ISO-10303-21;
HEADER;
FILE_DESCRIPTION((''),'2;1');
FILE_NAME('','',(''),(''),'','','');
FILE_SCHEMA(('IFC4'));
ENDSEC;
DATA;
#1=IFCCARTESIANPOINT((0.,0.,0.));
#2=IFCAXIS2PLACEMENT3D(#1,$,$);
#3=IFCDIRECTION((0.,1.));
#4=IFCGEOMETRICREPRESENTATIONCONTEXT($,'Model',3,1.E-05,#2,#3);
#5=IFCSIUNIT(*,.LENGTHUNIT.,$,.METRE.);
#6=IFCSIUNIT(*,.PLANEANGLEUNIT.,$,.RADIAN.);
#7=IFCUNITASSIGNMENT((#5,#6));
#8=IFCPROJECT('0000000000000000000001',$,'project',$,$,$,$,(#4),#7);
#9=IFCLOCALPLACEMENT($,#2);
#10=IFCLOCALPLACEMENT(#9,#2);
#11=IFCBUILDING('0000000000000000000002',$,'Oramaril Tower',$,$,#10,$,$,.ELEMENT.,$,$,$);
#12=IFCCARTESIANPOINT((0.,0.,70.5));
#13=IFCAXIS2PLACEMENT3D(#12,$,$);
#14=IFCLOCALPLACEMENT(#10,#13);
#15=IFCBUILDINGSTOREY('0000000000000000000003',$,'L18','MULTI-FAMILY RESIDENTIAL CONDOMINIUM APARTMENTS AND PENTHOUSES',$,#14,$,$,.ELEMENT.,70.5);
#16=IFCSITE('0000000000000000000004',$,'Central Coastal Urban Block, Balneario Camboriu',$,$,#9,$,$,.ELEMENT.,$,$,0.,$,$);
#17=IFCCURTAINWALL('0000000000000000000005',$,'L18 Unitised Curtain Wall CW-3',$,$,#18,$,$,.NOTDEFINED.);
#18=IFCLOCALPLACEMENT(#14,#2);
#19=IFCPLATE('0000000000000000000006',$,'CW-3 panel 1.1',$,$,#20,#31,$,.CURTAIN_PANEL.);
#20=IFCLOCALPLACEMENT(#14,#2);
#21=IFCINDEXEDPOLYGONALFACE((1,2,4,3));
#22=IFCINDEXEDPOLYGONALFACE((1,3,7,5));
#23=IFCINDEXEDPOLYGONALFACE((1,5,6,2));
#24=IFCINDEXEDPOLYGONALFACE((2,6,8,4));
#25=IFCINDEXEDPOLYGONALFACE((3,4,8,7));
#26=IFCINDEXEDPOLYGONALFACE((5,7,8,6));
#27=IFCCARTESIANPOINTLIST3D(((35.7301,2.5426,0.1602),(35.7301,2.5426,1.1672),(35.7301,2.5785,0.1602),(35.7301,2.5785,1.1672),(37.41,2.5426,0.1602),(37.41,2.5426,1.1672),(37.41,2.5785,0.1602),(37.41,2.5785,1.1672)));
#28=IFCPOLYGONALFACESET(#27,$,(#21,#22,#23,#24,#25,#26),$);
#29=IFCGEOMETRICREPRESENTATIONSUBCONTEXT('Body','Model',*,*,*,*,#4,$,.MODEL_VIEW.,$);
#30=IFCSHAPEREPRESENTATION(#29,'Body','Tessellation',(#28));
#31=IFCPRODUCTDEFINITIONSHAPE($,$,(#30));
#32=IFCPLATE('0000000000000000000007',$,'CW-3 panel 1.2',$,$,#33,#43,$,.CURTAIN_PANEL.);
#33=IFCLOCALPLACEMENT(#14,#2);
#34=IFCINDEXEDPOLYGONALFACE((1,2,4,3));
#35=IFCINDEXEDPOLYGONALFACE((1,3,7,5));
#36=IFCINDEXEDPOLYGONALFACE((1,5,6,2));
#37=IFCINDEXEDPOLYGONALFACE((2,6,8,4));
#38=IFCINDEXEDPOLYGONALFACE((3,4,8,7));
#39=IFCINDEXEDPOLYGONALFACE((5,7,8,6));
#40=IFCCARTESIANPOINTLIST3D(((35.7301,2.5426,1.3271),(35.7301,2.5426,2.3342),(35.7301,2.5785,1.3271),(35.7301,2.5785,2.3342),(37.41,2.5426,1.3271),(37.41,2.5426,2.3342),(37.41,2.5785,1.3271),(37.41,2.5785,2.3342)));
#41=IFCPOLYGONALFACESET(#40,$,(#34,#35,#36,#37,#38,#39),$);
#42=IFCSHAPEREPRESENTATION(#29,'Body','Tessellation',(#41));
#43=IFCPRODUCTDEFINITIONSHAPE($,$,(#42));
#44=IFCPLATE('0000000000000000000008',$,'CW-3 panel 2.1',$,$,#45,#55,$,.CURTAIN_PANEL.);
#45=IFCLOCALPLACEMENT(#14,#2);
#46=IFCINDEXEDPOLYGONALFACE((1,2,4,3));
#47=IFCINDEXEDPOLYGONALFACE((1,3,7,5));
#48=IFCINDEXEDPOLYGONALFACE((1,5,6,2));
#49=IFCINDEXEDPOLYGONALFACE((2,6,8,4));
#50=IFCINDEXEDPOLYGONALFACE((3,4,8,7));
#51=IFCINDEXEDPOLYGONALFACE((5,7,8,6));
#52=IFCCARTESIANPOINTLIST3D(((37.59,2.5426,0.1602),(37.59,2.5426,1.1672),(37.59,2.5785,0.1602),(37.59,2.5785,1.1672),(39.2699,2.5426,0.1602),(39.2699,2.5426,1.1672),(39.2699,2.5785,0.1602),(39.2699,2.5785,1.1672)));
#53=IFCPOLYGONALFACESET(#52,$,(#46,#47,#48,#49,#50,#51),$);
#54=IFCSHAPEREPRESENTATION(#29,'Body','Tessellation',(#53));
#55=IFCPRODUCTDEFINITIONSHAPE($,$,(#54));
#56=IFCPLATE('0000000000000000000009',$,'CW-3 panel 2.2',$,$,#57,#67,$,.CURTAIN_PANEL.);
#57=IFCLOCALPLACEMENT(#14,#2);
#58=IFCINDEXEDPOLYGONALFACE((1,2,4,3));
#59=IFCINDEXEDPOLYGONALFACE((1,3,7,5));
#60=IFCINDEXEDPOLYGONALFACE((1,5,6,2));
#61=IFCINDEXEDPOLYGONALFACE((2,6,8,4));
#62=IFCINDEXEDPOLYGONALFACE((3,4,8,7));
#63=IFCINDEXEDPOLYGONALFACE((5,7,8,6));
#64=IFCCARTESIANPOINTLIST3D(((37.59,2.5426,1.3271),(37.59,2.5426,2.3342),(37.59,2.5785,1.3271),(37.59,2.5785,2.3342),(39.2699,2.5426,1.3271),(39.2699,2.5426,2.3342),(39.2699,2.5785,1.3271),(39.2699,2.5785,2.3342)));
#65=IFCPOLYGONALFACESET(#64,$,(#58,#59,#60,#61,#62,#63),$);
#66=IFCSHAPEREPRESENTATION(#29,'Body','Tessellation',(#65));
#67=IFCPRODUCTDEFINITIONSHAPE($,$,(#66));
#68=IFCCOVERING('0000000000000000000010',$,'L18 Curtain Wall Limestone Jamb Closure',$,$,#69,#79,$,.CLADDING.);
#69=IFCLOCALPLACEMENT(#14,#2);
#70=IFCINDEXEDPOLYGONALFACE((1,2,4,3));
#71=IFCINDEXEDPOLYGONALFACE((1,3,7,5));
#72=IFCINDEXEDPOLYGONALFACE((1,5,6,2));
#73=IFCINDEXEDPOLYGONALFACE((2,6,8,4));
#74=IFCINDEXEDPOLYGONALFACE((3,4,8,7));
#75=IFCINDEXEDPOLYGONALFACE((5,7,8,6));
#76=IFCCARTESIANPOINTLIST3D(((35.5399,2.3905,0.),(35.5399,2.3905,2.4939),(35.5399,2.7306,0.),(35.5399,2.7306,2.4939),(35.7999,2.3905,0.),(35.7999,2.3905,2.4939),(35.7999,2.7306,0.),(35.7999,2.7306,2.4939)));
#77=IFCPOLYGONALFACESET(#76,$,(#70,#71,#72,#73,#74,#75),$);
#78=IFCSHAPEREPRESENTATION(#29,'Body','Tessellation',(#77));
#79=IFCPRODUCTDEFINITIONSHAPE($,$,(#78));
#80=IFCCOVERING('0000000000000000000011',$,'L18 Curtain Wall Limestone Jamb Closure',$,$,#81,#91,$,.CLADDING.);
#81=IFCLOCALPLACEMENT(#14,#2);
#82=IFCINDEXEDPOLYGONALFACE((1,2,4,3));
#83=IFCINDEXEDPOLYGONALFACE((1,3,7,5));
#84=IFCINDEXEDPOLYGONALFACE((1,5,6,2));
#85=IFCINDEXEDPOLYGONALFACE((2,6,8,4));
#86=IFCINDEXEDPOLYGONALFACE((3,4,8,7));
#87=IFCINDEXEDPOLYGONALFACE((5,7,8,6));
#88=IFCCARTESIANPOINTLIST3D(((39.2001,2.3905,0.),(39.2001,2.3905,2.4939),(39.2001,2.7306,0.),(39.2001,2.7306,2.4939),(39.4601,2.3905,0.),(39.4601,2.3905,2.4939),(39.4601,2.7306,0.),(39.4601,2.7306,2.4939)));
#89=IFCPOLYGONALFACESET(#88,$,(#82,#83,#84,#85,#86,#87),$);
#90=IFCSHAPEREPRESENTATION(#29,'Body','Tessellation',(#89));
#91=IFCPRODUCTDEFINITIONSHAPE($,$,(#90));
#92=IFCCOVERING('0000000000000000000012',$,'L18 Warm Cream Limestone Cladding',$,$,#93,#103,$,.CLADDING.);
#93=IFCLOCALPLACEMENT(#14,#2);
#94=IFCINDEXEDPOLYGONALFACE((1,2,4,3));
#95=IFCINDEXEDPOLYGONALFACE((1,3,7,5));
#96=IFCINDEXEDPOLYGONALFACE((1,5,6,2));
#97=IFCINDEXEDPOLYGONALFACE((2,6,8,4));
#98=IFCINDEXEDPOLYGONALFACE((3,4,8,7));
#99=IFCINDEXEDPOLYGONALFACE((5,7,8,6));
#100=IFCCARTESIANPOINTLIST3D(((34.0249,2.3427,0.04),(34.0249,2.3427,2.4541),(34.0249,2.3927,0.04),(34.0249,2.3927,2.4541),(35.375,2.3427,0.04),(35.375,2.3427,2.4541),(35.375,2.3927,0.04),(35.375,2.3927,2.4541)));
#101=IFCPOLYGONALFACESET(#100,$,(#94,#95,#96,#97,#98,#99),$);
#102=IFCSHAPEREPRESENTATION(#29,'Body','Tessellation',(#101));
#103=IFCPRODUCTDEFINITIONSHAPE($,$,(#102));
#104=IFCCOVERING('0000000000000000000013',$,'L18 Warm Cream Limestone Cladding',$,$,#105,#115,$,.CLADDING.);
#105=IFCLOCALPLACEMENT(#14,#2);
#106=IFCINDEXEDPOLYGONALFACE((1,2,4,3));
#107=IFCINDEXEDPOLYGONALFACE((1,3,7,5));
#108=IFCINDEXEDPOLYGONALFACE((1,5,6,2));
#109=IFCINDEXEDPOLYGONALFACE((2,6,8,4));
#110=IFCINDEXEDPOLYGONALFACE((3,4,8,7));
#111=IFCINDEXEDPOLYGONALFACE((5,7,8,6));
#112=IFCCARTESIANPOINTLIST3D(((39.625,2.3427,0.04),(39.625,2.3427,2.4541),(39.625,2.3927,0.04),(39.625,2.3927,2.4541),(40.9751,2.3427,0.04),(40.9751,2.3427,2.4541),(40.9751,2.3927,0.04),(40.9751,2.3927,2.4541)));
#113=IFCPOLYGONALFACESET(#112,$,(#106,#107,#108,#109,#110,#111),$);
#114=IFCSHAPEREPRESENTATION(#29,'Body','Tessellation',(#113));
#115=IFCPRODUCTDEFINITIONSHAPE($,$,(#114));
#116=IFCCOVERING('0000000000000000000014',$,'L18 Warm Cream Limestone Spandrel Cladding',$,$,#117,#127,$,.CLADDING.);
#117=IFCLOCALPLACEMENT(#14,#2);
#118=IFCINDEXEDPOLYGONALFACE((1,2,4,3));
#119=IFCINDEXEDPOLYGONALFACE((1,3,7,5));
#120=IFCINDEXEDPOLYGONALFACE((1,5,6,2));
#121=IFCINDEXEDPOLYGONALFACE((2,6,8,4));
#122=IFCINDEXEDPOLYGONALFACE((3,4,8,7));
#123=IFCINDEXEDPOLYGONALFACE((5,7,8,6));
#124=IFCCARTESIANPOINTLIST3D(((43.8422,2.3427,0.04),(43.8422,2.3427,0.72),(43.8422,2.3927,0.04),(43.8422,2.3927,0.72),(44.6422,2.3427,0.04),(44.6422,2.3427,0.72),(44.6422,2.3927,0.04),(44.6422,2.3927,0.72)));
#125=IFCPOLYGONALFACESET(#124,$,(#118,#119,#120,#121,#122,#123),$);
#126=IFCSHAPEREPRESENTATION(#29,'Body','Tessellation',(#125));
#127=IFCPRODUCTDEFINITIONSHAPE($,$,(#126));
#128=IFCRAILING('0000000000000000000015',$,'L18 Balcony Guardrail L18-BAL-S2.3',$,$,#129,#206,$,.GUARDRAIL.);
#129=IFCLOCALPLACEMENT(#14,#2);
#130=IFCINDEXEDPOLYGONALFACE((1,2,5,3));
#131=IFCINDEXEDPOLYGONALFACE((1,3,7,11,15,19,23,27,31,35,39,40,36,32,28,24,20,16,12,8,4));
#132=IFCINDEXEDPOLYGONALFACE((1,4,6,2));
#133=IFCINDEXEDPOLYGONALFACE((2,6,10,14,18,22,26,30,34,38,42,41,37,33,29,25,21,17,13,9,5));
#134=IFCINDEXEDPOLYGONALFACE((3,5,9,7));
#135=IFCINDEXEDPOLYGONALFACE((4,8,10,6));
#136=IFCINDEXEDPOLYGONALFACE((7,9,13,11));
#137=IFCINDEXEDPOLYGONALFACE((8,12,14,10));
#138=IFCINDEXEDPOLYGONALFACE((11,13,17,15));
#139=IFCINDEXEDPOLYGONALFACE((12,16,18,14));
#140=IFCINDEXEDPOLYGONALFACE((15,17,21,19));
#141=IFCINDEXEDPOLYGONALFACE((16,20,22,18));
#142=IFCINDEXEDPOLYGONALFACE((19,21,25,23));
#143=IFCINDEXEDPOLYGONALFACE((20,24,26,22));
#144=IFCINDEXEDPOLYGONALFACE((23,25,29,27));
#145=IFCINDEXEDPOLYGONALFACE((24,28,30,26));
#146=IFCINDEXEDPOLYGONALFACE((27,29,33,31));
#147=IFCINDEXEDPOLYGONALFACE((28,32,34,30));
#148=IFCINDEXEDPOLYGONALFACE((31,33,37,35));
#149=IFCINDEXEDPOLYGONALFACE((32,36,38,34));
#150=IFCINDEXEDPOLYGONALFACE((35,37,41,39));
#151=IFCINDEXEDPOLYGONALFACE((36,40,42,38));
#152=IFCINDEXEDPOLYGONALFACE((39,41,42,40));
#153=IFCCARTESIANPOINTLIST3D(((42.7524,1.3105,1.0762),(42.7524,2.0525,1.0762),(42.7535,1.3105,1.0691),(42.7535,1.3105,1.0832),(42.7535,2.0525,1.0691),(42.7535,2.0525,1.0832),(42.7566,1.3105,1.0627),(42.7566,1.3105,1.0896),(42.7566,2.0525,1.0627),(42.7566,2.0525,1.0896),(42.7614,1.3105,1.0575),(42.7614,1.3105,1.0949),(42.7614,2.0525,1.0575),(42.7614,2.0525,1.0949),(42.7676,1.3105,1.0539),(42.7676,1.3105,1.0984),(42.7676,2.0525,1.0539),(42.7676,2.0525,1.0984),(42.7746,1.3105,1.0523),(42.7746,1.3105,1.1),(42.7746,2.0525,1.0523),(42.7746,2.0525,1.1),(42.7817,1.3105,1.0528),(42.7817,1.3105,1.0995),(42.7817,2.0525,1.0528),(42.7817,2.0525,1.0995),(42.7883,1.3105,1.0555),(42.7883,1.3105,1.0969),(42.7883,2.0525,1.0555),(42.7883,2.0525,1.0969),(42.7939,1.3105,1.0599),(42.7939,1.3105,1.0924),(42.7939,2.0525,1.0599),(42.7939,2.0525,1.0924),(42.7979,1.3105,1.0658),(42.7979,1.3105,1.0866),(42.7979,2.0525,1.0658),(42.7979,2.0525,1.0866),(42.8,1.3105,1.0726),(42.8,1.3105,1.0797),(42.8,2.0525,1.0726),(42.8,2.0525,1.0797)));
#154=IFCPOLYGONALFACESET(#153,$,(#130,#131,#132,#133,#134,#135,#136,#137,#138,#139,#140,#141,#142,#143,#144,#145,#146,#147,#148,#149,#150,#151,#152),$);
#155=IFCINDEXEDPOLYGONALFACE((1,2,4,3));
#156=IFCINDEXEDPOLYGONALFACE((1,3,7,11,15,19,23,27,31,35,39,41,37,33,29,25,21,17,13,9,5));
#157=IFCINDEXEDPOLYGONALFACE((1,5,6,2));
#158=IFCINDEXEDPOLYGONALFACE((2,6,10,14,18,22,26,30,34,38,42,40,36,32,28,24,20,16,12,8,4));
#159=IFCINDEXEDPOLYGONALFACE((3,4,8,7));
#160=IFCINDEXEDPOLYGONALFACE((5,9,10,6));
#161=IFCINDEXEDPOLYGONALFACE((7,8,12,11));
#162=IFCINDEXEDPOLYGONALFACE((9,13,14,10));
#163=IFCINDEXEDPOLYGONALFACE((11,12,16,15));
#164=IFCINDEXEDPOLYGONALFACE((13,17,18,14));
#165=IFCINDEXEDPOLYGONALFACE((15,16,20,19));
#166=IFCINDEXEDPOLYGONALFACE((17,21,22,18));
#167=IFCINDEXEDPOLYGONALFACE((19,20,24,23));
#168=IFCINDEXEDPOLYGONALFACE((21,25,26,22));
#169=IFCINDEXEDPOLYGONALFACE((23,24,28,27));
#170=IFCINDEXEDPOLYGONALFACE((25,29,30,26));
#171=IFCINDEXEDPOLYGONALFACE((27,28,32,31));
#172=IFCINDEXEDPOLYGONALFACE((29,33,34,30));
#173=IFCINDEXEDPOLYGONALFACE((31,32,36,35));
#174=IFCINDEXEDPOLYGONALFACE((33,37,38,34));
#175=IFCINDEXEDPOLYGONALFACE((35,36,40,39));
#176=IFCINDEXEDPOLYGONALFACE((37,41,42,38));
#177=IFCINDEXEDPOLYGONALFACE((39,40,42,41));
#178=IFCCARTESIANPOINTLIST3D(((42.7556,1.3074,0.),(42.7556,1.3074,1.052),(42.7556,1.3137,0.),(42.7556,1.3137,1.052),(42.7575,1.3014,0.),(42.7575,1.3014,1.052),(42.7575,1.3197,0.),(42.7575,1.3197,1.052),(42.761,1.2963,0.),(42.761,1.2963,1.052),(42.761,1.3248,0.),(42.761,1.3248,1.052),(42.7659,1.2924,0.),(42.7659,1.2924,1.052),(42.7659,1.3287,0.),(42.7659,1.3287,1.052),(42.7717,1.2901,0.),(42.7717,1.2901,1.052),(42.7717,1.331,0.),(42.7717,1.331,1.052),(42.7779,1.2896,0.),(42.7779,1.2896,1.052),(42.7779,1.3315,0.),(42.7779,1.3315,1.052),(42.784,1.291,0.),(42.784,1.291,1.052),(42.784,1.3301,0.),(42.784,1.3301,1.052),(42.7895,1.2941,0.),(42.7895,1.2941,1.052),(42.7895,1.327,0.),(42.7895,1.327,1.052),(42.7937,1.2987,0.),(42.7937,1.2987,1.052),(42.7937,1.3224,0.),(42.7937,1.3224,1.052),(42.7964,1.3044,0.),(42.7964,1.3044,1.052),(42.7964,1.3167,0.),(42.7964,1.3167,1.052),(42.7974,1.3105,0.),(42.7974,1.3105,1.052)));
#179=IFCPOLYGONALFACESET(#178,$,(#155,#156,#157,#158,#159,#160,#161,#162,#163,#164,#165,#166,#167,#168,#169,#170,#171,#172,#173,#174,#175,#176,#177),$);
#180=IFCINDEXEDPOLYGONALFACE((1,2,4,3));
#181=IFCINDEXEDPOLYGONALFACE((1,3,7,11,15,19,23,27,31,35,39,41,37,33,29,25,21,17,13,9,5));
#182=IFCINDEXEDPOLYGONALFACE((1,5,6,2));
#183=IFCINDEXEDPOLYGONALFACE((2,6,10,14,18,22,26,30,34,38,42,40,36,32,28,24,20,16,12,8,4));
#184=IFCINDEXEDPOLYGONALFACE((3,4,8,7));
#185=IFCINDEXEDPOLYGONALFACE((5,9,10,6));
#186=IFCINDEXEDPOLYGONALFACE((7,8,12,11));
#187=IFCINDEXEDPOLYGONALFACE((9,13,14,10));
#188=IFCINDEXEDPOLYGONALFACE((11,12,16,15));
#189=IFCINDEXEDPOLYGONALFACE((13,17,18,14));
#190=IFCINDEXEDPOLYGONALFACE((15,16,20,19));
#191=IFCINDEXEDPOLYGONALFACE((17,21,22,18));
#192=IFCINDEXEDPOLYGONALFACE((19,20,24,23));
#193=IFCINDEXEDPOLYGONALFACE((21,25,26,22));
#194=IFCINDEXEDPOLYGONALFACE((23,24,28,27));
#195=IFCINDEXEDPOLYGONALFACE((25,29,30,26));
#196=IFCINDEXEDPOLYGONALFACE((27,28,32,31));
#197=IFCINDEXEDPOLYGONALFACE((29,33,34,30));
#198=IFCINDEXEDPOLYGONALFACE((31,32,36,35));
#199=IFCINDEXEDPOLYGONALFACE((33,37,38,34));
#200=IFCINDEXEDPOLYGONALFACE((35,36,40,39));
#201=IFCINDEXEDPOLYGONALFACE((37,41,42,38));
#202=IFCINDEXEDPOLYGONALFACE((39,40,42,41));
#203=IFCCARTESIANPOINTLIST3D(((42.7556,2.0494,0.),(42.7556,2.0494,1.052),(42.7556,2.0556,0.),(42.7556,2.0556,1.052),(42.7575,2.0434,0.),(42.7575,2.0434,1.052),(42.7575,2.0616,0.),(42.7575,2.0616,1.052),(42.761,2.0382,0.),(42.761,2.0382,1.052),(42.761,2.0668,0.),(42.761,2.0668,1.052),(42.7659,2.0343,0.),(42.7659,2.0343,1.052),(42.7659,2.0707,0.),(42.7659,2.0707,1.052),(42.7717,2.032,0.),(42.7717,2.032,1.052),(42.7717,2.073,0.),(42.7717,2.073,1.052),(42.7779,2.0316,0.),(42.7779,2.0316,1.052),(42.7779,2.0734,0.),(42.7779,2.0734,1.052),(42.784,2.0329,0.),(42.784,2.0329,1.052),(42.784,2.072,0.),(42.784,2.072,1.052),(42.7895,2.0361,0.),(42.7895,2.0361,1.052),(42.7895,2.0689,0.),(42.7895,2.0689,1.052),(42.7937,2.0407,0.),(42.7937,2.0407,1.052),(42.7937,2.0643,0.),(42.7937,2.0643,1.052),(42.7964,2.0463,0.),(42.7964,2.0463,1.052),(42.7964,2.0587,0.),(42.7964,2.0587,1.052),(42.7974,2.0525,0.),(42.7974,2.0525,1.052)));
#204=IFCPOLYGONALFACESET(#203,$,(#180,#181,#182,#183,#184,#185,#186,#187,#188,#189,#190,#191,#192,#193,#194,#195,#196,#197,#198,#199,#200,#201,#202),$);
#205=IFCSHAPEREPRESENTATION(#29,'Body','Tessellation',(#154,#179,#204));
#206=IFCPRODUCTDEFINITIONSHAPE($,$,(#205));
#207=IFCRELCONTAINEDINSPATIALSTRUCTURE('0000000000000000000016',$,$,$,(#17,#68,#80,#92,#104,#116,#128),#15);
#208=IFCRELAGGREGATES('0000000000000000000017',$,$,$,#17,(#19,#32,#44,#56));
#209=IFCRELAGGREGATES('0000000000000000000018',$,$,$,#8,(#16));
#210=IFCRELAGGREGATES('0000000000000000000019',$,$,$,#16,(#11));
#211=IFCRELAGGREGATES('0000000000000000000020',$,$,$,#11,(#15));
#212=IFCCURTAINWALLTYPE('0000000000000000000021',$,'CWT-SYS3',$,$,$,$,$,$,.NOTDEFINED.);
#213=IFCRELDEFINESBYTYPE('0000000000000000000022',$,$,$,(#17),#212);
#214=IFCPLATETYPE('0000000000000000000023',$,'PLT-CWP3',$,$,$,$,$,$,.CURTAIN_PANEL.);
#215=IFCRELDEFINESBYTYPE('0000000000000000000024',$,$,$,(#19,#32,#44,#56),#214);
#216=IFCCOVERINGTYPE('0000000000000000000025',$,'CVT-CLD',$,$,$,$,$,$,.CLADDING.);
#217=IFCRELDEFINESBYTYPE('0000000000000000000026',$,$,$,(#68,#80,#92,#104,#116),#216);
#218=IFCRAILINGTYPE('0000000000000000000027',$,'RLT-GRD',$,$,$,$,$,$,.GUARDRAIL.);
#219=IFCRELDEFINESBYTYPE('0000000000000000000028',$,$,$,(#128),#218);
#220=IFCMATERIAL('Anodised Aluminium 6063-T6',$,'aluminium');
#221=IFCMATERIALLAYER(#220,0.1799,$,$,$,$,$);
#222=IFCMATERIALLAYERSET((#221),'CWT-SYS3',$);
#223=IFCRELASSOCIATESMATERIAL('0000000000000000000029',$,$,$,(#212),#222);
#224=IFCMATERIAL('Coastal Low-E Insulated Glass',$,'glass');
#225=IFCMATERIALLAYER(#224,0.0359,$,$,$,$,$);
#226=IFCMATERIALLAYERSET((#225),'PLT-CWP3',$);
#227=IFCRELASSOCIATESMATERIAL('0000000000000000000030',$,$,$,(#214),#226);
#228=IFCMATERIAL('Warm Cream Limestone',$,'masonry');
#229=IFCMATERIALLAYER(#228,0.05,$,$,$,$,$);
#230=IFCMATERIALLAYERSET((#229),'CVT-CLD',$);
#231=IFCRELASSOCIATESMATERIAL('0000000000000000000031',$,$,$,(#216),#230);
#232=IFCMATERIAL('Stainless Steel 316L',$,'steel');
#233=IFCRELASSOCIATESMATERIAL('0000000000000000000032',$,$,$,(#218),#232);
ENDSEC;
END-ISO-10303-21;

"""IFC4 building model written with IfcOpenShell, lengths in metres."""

from ifc_helpers import new_model, si_unit, direction, frame, origin, origin_2d, place, context, subcontext, project, spatial, rectangle, circle, extrude, material, layer, layer_set, type_object, element, aggregate, save


model = new_model("IFC4")

# Units and contexts
model_context = context("Model", 3, precision=1e-05, world=origin(), true_north=direction((0.0, 1.0)))
body_context = subcontext(model_context, "Body", "Model", "MODEL_VIEW")
ifc_project = project(units=[si_unit("LENGTHUNIT", "METRE"), si_unit("PLANEANGLEUNIT", "RADIAN")], contexts=[model_context])

# Site, building, storey
site_placement = place(None, origin())
site = spatial("IfcSite", under=ifc_project, at=site_placement, Name="Central Coastal Urban Block, Balneario Camboriu", CompositionType="ELEMENT", RefElevation=0.0)
building_placement = place(site_placement, origin())
building = spatial("IfcBuilding", under=site, at=building_placement, Name="Oramaril Tower", CompositionType="ELEMENT")
storey_placement = place(building_placement, frame((0.0, 0.0, 70.5)))
storey = spatial("IfcBuildingStorey", under=building, at=storey_placement, Name="L18", Description="MULTI-FAMILY RESIDENTIAL CONDOMINIUM APARTMENTS AND PENTHOUSES", CompositionType="ELEMENT", Elevation=70.5)

# Curtain wall, plates
ifc_material_1 = material(Name="Anodised Aluminium 6063-T6", Category="aluminium")
ifc_layer_1 = layer(ifc_material_1, 0.1799)
ifc_layer_set_1 = layer_set([ifc_layer_1], Name="CWT-SYS3")
curtain_wall_type = type_object("IfcCurtainWallType", Name="CWT-SYS3", PredefinedType="NOTDEFINED", material=ifc_layer_set_1)
curtain_wall_placement = place(storey_placement, origin())
curtain_wall = element("IfcCurtainWall", 1, at=curtain_wall_placement, inside=storey, type_object=curtain_wall_type, Name="L18 Unitised Curtain Wall CW-3", PredefinedType="NOTDEFINED")
ifc_material_2 = material(Name="Coastal Low-E Insulated Glass", Category="glass")
ifc_layer_2 = layer(ifc_material_2, 0.0359)
ifc_layer_set_2 = layer_set([ifc_layer_2], Name="PLT-CWP3")
plate_type = type_object("IfcPlateType", Name="PLT-CWP3", PredefinedType="CURTAIN_PANEL", material=ifc_layer_set_2)
plate_1_placement = place(storey_placement, frame((36.5701, 2.5605, 0.1602), z_axis=(0.0, 0.0, 1.0), x_axis=(1.0, 0.0, 0.0)))
plate_1 = element("IfcPlate", 2, at=plate_1_placement, type_object=plate_type, Name="CW-3 panel 1.1", PredefinedType="CURTAIN_PANEL", context=body_context, shape_type="SweptSolid", body=[
    extrude(rectangle(XDim=1.6799, YDim=0.0359, at=origin_2d()), origin(), (0.0, 0.0, 1.0), 1.0071),
])
plate_2_placement = place(storey_placement, frame((36.5701, 2.5605, 1.3271), z_axis=(0.0, 0.0, 1.0), x_axis=(1.0, 0.0, 0.0)))
plate_2 = element("IfcPlate", 3, at=plate_2_placement, type_object=plate_type, Name="CW-3 panel 1.2", PredefinedType="CURTAIN_PANEL", context=body_context, shape_type="SweptSolid", body=[
    extrude(rectangle(XDim=1.6799, YDim=0.0359, at=origin_2d()), origin(), (0.0, 0.0, 1.0), 1.0071),
])
plate_3_placement = place(storey_placement, frame((38.4299, 2.5605, 0.1602), z_axis=(0.0, 0.0, 1.0), x_axis=(1.0, 0.0, 0.0)))
plate_3 = element("IfcPlate", 4, at=plate_3_placement, type_object=plate_type, Name="CW-3 panel 2.1", PredefinedType="CURTAIN_PANEL", context=body_context, shape_type="SweptSolid", body=[
    extrude(rectangle(XDim=1.6799, YDim=0.0359, at=origin_2d()), origin(), (0.0, 0.0, 1.0), 1.0071),
])
plate_4_placement = place(storey_placement, frame((38.4299, 2.5605, 1.3271), z_axis=(0.0, 0.0, 1.0), x_axis=(1.0, 0.0, 0.0)))
plate_4 = element("IfcPlate", 5, at=plate_4_placement, type_object=plate_type, Name="CW-3 panel 2.2", PredefinedType="CURTAIN_PANEL", context=body_context, shape_type="SweptSolid", body=[
    extrude(rectangle(XDim=1.6799, YDim=0.0359, at=origin_2d()), origin(), (0.0, 0.0, 1.0), 1.0071),
])
aggregate(curtain_wall, [plate_1, plate_2, plate_3, plate_4])

# Coverings
ifc_material_3 = material(Name="Warm Cream Limestone", Category="masonry")
ifc_layer_3 = layer(ifc_material_3, 0.05)
ifc_layer_set_3 = layer_set([ifc_layer_3], Name="CVT-CLD")
covering_type = type_object("IfcCoveringType", Name="CVT-CLD", PredefinedType="CLADDING", material=ifc_layer_set_3)
for number, where, z_axis, x_axis, name in (
    (6, (35.6699, 2.5605, 0.0), (0.0, 0.0, 1.0), (1.0, 0.0, 0.0), "L18 Curtain Wall Limestone Jamb Closure"),
    (7, (39.3301, 2.5605, 0.0), (0.0, 0.0, 1.0), (1.0, 0.0, 0.0), "L18 Curtain Wall Limestone Jamb Closure"),
):
    element("IfcCovering", number, at=place(storey_placement, frame(where, z_axis=z_axis, x_axis=x_axis)), inside=storey, type_object=covering_type, Name=name, PredefinedType="CLADDING", context=body_context, shape_type="SweptSolid", body=[
        extrude(rectangle(XDim=0.26, YDim=0.3401, at=origin_2d()), origin(), (0.0, 0.0, 1.0), 2.4939),
    ])
for number, where, z_axis, x_axis, name in (
    (8, (34.7, 2.3677, 0.04), (0.0, 0.0, 1.0), (1.0, 0.0, 0.0), "L18 Warm Cream Limestone Cladding"),
    (9, (40.3, 2.3677, 0.04), (0.0, 0.0, 1.0), (1.0, 0.0, 0.0), "L18 Warm Cream Limestone Cladding"),
):
    element("IfcCovering", number, at=place(storey_placement, frame(where, z_axis=z_axis, x_axis=x_axis)), inside=storey, type_object=covering_type, Name=name, PredefinedType="CLADDING", context=body_context, shape_type="SweptSolid", body=[
        extrude(rectangle(XDim=1.3501, YDim=0.05, at=origin_2d()), origin(), (0.0, 0.0, 1.0), 2.4141),
    ])
covering_placement = place(storey_placement, frame((44.2422, 2.3677, 0.04), z_axis=(0.0, 0.0, 1.0), x_axis=(1.0, 0.0, 0.0)))
element("IfcCovering", 10, at=covering_placement, inside=storey, type_object=covering_type, Name="L18 Warm Cream Limestone Spandrel Cladding", PredefinedType="CLADDING", context=body_context, shape_type="SweptSolid", body=[
    extrude(rectangle(XDim=0.8, YDim=0.05, at=origin_2d()), origin(), (0.0, 0.0, 1.0), 0.6799),
])

# Railing
ifc_material_4 = material(Name="Stainless Steel 316L", Category="steel")
railing_type = type_object("IfcRailingType", Name="RLT-GRD", PredefinedType="GUARDRAIL", material=ifc_material_4)
railing_placement = place(storey_placement, frame((42.7764, 1.3105, 0.0)))
element("IfcRailing", 11, at=railing_placement, inside=storey, type_object=railing_type, Name="L18 Balcony Guardrail L18-BAL-S2.3", PredefinedType="GUARDRAIL", context=body_context, shape_type="SweptSolid", body=[
    extrude(circle(Radius=0.0239, at=origin_2d()), frame((0.0, 0.0, 1.0762), z_axis=(0.0, 1.0, 0.0), x_axis=(-1.0, 0.0, 0.0)), (0.0, 0.0, 1.0), 0.7419),
    extrude(circle(Radius=0.021, at=origin_2d()), origin(), (0.0, 0.0, 1.0), 1.052),
    extrude(circle(Radius=0.021, at=origin_2d()), frame((0.0, 0.7419, 0.0)), (0.0, 0.0, 1.0), 1.052),
])

save(model, "model.ifc")
